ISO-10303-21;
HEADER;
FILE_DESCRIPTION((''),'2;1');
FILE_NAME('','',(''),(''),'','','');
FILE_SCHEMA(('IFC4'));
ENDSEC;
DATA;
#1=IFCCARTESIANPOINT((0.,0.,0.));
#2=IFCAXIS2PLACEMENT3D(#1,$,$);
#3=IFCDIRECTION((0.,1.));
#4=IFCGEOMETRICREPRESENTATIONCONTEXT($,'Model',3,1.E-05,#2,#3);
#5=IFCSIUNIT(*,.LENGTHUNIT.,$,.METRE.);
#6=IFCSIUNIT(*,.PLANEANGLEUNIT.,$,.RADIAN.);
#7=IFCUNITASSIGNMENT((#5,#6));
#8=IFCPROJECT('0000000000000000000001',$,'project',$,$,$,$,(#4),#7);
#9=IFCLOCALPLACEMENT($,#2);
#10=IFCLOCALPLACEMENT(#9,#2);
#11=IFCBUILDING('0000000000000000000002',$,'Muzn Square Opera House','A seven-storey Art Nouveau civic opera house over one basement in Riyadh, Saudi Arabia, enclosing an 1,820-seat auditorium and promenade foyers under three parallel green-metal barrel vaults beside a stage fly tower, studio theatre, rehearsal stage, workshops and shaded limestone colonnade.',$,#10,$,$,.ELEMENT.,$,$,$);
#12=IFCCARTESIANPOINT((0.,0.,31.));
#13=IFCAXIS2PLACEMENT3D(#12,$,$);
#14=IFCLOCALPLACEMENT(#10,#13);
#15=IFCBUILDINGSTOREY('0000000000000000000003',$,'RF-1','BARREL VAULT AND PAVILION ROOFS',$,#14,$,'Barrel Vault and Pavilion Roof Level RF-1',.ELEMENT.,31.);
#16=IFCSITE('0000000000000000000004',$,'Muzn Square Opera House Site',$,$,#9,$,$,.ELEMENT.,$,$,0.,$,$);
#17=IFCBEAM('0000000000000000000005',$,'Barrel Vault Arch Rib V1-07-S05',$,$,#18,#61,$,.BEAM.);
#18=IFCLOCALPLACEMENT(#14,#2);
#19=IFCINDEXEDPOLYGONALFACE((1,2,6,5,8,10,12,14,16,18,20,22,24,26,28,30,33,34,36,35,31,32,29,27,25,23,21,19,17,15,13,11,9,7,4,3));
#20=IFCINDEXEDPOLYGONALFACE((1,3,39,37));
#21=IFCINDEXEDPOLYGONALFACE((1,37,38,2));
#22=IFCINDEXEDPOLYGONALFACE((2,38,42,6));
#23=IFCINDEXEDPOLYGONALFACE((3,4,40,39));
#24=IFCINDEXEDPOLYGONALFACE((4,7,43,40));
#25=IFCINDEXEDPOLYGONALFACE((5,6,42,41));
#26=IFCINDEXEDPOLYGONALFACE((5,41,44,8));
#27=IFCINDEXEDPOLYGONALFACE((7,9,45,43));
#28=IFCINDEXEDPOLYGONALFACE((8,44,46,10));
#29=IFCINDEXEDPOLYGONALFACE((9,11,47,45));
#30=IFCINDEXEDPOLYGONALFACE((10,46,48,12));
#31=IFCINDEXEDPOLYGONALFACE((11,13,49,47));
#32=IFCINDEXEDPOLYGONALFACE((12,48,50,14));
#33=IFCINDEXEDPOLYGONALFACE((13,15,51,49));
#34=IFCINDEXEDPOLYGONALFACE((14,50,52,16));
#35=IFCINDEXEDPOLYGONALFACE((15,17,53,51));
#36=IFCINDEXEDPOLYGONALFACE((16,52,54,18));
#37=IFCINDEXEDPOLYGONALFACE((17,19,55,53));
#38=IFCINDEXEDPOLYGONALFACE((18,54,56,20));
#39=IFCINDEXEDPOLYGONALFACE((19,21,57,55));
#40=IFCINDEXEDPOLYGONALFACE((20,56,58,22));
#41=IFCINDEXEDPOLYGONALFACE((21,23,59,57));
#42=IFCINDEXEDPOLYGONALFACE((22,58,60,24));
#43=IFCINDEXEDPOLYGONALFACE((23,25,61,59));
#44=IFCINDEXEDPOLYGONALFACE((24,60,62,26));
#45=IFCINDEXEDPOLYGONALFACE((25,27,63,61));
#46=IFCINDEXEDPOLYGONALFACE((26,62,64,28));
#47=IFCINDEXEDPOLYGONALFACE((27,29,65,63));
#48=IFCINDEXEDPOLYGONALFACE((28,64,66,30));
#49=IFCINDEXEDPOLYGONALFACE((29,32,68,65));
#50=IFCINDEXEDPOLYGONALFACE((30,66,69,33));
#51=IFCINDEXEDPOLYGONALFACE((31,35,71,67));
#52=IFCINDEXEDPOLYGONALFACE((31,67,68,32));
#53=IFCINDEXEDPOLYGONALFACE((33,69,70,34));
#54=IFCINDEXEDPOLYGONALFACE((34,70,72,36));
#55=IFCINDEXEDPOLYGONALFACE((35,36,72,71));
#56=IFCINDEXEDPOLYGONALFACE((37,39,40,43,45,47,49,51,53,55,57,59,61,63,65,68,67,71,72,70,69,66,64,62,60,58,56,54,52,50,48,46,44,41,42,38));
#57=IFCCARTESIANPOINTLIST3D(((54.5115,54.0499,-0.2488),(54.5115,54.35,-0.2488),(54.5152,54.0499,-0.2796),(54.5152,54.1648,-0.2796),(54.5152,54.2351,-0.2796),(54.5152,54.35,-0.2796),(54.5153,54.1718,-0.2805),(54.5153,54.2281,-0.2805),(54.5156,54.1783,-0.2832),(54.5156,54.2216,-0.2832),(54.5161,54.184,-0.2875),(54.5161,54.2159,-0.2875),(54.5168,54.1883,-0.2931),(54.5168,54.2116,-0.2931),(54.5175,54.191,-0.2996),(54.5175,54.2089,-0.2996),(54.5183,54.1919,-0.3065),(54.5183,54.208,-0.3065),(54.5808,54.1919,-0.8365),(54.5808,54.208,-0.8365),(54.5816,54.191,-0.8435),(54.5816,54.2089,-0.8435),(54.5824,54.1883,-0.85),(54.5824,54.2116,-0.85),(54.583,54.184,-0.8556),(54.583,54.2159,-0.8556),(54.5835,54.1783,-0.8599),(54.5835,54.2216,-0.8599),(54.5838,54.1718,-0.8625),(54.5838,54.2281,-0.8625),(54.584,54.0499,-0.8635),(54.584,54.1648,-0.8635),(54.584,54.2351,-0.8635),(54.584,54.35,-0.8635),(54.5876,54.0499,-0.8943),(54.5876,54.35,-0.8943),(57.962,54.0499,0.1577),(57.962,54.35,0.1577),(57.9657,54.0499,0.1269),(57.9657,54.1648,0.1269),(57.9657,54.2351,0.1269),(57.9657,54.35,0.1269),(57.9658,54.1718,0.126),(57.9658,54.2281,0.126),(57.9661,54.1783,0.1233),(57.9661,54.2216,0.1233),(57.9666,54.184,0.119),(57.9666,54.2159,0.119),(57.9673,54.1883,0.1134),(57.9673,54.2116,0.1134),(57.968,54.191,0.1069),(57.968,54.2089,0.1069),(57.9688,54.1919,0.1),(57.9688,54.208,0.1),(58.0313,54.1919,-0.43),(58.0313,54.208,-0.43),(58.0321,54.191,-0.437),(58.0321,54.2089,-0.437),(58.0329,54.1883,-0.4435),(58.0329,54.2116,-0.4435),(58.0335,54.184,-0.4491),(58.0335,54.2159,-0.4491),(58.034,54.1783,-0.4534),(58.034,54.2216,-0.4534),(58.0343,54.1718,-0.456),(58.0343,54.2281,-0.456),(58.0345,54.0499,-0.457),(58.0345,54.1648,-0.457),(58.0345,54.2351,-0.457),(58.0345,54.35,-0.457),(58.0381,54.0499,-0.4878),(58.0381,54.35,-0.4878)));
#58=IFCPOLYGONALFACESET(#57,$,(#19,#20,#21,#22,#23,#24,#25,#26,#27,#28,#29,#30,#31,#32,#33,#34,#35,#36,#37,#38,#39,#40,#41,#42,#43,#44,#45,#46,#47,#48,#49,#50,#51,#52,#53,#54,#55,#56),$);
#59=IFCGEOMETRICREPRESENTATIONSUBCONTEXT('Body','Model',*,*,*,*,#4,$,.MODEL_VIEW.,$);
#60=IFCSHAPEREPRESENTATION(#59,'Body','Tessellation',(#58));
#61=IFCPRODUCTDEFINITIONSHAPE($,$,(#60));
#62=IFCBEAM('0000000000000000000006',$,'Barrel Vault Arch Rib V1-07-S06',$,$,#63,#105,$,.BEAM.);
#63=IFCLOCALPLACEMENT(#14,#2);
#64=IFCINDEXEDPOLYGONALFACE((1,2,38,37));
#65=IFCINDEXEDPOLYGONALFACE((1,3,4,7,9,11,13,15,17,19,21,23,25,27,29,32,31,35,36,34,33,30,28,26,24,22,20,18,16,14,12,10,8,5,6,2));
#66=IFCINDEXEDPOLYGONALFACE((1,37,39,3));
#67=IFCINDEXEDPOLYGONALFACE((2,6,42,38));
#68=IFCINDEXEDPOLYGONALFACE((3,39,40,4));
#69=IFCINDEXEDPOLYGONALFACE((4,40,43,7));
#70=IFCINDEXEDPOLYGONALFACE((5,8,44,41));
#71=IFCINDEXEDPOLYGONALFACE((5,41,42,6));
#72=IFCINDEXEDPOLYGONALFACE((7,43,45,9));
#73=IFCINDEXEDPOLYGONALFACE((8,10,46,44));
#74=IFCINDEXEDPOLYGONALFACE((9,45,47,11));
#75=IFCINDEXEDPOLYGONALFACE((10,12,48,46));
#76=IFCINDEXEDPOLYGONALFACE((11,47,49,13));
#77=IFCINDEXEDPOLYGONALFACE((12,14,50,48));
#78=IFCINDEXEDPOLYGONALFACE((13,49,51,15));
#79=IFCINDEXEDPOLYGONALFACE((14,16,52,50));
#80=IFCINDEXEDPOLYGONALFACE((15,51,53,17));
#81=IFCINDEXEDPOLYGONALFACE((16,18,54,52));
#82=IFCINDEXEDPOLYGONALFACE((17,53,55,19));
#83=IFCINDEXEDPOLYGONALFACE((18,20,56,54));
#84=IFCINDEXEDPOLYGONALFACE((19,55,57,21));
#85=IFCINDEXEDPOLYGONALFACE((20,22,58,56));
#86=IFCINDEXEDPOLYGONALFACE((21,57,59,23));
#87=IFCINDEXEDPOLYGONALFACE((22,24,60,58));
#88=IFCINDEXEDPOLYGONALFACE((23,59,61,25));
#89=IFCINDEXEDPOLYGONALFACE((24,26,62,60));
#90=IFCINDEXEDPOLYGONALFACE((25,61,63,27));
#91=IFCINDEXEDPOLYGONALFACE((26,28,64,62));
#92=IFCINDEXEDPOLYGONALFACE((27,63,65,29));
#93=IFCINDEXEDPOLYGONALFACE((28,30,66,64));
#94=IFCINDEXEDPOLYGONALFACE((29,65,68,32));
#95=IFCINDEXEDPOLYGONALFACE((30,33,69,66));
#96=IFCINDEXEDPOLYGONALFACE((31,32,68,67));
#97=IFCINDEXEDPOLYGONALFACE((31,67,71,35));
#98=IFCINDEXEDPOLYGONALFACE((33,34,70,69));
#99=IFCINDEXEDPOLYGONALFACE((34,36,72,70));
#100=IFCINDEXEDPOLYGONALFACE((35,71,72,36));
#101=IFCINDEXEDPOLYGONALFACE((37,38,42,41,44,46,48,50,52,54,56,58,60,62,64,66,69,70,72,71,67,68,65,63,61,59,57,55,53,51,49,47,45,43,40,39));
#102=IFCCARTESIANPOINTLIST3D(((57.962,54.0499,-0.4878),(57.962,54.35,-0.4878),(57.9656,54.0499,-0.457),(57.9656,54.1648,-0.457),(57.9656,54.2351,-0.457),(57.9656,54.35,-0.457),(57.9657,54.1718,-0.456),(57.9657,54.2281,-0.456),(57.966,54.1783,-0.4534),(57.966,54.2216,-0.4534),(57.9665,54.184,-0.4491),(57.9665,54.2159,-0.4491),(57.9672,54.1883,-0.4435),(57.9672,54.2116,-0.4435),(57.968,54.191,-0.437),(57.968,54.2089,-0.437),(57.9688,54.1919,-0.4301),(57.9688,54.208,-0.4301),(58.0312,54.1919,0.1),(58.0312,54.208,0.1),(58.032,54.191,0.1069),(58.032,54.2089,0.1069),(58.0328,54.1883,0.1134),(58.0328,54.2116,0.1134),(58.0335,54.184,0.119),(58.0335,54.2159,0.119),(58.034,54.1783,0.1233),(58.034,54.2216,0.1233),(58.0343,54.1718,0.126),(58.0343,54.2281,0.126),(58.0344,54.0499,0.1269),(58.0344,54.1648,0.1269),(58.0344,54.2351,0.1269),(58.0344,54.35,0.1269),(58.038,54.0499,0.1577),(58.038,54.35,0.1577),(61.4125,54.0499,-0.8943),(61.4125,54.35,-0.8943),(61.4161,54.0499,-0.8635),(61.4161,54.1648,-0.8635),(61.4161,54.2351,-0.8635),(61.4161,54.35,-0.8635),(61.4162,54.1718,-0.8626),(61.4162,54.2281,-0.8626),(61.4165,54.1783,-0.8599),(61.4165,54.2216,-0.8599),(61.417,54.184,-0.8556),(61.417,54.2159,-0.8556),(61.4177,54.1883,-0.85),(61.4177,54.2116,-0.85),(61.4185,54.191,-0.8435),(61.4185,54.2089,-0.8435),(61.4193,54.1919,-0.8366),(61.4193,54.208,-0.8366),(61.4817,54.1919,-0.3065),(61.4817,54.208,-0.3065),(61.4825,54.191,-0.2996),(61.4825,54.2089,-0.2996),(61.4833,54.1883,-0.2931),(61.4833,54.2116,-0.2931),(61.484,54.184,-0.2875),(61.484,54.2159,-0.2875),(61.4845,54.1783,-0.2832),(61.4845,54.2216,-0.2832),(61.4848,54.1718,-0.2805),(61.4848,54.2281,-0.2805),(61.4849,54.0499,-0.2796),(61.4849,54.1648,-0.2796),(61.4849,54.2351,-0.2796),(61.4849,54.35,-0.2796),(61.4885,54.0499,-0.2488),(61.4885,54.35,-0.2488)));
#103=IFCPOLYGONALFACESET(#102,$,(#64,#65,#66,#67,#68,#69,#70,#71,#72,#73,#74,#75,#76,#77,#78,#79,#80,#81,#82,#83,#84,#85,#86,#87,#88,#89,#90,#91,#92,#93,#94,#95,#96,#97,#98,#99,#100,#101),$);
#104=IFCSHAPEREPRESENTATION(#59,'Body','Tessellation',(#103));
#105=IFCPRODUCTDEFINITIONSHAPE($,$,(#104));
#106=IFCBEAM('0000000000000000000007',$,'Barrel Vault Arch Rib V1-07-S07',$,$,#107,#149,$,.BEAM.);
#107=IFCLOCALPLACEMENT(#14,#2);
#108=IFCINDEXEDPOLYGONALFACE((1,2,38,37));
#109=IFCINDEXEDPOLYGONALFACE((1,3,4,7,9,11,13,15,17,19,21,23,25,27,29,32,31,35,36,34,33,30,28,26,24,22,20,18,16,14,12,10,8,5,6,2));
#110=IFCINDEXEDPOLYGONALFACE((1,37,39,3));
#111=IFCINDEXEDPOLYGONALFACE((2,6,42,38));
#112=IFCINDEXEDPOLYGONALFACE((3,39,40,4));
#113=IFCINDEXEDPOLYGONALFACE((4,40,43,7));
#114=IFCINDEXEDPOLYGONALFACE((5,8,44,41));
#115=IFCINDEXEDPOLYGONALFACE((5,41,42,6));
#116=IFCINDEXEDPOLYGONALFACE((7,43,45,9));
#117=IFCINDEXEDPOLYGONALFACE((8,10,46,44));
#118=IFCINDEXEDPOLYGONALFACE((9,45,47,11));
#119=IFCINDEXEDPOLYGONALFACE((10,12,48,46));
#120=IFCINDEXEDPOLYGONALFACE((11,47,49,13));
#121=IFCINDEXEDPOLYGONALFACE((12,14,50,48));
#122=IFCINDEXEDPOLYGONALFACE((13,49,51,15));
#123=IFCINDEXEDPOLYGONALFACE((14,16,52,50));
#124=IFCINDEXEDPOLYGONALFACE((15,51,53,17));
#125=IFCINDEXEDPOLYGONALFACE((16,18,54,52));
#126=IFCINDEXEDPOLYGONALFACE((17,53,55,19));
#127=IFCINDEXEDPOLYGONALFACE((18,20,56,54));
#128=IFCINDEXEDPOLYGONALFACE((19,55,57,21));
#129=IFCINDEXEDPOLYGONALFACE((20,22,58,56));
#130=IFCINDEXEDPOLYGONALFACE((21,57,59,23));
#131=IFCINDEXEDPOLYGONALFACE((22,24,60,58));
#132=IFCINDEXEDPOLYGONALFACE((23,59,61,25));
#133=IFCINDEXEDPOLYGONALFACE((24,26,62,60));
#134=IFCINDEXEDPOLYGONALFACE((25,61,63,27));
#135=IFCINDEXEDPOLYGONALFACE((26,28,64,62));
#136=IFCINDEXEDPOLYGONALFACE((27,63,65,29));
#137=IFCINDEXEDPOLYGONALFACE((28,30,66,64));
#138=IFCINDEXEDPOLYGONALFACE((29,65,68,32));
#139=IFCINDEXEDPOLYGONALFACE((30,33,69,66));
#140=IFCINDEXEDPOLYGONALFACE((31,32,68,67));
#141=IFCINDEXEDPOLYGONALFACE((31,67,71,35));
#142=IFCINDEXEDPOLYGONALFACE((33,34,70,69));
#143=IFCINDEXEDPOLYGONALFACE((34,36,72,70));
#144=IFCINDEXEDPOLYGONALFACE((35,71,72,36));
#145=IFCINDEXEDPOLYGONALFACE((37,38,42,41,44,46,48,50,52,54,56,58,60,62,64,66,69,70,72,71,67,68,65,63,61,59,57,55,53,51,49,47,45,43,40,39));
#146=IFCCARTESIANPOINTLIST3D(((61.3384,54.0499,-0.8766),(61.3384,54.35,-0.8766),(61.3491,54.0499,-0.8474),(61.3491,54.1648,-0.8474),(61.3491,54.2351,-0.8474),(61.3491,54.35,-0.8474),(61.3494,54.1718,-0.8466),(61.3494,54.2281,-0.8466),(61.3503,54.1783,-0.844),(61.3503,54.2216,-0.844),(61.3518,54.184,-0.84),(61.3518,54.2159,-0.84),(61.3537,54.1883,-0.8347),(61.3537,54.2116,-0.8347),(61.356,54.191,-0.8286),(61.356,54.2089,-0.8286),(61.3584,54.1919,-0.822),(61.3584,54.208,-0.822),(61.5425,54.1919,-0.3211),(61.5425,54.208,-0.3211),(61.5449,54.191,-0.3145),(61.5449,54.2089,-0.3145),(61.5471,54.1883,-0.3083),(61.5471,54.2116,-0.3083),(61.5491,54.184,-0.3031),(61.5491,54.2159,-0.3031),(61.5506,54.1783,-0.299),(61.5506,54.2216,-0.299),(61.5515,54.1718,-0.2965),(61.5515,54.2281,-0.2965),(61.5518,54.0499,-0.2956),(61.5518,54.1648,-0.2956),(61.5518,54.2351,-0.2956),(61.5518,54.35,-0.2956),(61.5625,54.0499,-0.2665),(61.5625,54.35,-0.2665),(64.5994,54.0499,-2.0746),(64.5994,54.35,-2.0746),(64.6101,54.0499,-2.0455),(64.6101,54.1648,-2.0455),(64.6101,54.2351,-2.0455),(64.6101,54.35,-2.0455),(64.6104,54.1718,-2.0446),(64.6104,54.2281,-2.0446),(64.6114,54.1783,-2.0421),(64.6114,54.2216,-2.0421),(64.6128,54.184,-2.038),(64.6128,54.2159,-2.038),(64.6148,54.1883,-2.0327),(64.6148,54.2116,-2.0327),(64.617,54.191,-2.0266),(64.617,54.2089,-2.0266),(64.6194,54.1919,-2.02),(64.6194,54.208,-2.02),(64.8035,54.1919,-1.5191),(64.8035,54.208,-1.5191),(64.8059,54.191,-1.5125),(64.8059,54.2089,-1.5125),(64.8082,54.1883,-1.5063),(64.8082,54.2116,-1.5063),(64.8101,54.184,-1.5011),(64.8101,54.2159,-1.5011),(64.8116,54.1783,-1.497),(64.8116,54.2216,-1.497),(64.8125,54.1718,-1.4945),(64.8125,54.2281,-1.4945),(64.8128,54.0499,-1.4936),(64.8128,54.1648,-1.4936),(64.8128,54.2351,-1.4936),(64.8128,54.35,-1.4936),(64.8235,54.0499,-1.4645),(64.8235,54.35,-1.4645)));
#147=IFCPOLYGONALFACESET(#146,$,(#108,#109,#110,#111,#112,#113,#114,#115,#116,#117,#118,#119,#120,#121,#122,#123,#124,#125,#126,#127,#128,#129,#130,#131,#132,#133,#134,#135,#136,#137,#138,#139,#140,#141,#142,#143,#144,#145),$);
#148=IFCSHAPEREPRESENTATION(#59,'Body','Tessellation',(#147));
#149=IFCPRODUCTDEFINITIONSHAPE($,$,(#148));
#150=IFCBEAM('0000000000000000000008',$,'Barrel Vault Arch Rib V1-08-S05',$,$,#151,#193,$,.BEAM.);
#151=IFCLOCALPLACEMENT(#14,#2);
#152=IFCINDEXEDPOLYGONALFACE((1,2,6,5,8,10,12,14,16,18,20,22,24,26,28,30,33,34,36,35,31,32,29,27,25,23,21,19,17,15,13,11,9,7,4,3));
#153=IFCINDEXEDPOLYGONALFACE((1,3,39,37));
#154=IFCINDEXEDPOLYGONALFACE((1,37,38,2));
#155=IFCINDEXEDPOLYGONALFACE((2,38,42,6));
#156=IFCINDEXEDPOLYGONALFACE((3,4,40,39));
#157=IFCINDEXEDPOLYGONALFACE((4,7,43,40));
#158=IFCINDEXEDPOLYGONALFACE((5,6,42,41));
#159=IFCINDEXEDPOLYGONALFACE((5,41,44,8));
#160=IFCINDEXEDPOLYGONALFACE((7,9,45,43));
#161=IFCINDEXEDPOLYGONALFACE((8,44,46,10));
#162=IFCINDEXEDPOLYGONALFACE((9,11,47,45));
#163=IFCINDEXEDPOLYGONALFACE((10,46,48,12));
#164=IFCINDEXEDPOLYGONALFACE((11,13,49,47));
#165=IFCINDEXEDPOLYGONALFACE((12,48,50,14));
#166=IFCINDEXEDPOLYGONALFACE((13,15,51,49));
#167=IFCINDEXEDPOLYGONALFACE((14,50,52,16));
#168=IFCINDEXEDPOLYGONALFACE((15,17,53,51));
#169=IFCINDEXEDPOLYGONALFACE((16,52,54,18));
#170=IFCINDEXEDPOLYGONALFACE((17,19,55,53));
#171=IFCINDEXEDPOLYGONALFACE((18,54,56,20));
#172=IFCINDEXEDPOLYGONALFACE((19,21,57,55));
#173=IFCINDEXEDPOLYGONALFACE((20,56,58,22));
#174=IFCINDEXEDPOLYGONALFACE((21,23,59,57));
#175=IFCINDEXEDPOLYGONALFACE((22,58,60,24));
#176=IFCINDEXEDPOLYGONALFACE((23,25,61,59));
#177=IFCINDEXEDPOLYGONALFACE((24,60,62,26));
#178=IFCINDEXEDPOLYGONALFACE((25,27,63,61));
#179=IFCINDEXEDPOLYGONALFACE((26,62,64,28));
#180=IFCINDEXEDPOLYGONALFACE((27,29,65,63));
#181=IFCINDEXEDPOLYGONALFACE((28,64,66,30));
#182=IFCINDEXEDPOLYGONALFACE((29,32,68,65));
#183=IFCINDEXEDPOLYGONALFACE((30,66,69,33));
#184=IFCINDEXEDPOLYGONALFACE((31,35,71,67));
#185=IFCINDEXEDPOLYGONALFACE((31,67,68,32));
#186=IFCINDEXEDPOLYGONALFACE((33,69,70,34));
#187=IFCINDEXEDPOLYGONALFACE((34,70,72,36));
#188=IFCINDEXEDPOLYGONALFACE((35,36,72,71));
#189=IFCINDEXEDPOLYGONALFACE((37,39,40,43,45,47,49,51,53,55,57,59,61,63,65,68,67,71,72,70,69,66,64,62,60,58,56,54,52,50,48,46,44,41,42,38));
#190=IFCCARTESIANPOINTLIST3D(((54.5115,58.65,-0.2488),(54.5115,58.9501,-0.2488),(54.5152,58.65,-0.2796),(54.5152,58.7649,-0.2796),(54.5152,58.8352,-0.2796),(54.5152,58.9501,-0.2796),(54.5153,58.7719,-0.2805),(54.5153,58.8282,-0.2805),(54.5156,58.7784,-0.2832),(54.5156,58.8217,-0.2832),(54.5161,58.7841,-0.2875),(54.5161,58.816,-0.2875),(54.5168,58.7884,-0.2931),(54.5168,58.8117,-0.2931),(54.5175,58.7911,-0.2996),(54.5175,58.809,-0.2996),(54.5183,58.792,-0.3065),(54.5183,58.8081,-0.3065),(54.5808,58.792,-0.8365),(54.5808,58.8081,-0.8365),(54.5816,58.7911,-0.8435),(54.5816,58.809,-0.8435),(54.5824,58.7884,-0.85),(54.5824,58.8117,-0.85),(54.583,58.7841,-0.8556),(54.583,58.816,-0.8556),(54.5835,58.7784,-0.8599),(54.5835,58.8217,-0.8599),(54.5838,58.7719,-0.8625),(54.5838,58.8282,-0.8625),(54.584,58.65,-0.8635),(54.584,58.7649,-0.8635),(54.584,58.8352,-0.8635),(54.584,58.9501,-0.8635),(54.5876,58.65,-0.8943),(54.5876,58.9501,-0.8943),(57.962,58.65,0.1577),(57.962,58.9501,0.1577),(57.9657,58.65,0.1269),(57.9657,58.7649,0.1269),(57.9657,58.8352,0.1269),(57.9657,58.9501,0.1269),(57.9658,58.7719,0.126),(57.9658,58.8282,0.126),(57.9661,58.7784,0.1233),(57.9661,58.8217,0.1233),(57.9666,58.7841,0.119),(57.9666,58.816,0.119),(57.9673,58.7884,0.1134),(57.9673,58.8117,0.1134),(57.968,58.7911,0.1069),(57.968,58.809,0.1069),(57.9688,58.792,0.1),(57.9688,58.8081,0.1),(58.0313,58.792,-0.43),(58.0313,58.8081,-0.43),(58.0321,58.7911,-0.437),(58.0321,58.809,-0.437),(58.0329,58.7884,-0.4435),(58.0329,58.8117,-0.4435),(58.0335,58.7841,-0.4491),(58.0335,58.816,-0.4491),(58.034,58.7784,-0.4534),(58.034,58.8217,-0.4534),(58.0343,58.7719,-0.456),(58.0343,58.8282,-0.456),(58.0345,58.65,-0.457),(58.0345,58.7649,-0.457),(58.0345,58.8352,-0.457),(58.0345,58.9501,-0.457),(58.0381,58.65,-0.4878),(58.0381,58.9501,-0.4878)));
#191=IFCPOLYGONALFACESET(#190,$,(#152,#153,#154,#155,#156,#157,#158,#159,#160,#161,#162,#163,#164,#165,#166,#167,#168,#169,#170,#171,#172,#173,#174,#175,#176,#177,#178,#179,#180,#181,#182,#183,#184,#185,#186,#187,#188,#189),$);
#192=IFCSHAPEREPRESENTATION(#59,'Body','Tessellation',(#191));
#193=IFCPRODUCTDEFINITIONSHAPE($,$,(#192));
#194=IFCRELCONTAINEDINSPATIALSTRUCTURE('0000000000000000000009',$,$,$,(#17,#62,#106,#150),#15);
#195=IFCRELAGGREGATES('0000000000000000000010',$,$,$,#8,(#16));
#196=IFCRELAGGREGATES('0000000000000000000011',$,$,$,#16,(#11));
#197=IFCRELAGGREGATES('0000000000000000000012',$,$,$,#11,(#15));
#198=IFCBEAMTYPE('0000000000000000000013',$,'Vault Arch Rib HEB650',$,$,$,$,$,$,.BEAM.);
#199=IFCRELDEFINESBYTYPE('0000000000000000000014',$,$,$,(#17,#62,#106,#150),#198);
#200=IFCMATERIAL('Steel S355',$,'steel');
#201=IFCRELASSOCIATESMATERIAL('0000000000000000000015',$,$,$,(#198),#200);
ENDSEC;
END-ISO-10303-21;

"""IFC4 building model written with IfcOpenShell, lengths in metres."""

from ifc_helpers import new_model, si_unit, direction, frame, origin, origin_2d, place, context, subcontext, project, spatial, i_section, extrude, material, material_profile, profile_set, type_object, element, save


model = new_model("IFC4")

# Units and contexts
model_context = context("Model", 3, precision=1e-05, world=origin(), true_north=direction((0.0, 1.0)))
body_context = subcontext(model_context, "Body", "Model", "MODEL_VIEW")
ifc_project = project(units=[si_unit("LENGTHUNIT", "METRE"), si_unit("PLANEANGLEUNIT", "RADIAN")], contexts=[model_context])

# Site, building, storey
site_placement = place(None, origin())
site = spatial("IfcSite", under=ifc_project, at=site_placement, Name="Muzn Square Opera House Site", CompositionType="ELEMENT", RefElevation=0.0)
building_placement = place(site_placement, origin())
building = spatial("IfcBuilding", under=site, at=building_placement, Name="Muzn Square Opera House", Description="A seven-storey Art Nouveau civic opera house over one basement in Riyadh, Saudi Arabia, enclosing an 1,820-seat auditorium and promenade foyers under three parallel green-metal barrel vaults beside a stage fly tower, studio theatre, rehearsal stage, workshops and shaded limestone colonnade.", CompositionType="ELEMENT")
storey_placement = place(building_placement, frame((0.0, 0.0, 31.0)))
storey = spatial("IfcBuildingStorey", under=building, at=storey_placement, Name="RF-1", Description="BARREL VAULT AND PAVILION ROOFS", LongName="Barrel Vault and Pavilion Roof Level RF-1", CompositionType="ELEMENT", Elevation=31.0)

# Beams
ifc_material_1 = material(Name="Steel S355", Category="steel")
ifc_material_profile_1 = material_profile(ifc_material_1, i_section(OverallWidth=0.3, OverallDepth=0.6499, WebThickness=0.0161, FlangeThickness=0.031, FilletRadius=0.0271, at=origin_2d()), Name="HEB 650", Category="steel")
ifc_profile_set_1 = profile_set([ifc_material_profile_1], Name="Steel S355")
beam_type_1 = type_object("IfcBeamType", Name="Vault Arch Rib HEB650", PredefinedType="BEAM", material=ifc_profile_set_1)
for number, where, z_axis, x_axis, name in (
    (1, (54.5496, 54.2, -0.5715), (0.993132, 0.0, 0.117), (0.0, 1.0, 0.0), "Barrel Vault Arch Rib V1-07-S05"),
    (2, (58.0, 54.2, -0.165), (0.993132, 0.0, -0.117), (0.0, 1.0, 0.0), "Barrel Vault Arch Rib V1-07-S06"),
):
    element("IfcBeam", number, at=place(storey_placement, frame(where, z_axis=z_axis, x_axis=x_axis)), inside=storey, type_object=beam_type_1, Name=name, PredefinedType="BEAM", context=body_context, shape_type="SweptSolid", body=[
        extrude(i_section(OverallWidth=0.3, OverallDepth=0.6499, WebThickness=0.0161, FlangeThickness=0.031, FilletRadius=0.0271, at=origin_2d()), origin(), (0.0, 0.0, 1.0), 3.4744),
    ])
beam_1_placement = place(storey_placement, frame((61.4504, 54.2, -0.5715), z_axis=(0.938662, 0.0, -0.344839), x_axis=(0.0, 1.0, 0.0)))
element("IfcBeam", 3, at=beam_1_placement, inside=storey, type_object=beam_type_1, Name="Barrel Vault Arch Rib V1-07-S07", PredefinedType="BEAM", context=body_context, shape_type="SweptSolid", body=[
    extrude(i_section(OverallWidth=0.3, OverallDepth=0.6499, WebThickness=0.0161, FlangeThickness=0.031, FilletRadius=0.0271, at=origin_2d()), origin(), (0.0, 0.0, 1.0), 3.4741),
])
for number, where, z_axis, x_axis, name in (
    (4, (54.5496, 58.8, -0.5715), (0.993132, 0.0, 0.117), (0.0, 1.0, 0.0), "Barrel Vault Arch Rib V1-08-S05"),
):
    element("IfcBeam", number, at=place(storey_placement, frame(where, z_axis=z_axis, x_axis=x_axis)), inside=storey, type_object=beam_type_1, Name=name, PredefinedType="BEAM", context=body_context, shape_type="SweptSolid", body=[
        extrude(i_section(OverallWidth=0.3, OverallDepth=0.6499, WebThickness=0.0161, FlangeThickness=0.031, FilletRadius=0.0271, at=origin_2d()), origin(), (0.0, 0.0, 1.0), 3.4744),
    ])

save(model, "model.ifc")
